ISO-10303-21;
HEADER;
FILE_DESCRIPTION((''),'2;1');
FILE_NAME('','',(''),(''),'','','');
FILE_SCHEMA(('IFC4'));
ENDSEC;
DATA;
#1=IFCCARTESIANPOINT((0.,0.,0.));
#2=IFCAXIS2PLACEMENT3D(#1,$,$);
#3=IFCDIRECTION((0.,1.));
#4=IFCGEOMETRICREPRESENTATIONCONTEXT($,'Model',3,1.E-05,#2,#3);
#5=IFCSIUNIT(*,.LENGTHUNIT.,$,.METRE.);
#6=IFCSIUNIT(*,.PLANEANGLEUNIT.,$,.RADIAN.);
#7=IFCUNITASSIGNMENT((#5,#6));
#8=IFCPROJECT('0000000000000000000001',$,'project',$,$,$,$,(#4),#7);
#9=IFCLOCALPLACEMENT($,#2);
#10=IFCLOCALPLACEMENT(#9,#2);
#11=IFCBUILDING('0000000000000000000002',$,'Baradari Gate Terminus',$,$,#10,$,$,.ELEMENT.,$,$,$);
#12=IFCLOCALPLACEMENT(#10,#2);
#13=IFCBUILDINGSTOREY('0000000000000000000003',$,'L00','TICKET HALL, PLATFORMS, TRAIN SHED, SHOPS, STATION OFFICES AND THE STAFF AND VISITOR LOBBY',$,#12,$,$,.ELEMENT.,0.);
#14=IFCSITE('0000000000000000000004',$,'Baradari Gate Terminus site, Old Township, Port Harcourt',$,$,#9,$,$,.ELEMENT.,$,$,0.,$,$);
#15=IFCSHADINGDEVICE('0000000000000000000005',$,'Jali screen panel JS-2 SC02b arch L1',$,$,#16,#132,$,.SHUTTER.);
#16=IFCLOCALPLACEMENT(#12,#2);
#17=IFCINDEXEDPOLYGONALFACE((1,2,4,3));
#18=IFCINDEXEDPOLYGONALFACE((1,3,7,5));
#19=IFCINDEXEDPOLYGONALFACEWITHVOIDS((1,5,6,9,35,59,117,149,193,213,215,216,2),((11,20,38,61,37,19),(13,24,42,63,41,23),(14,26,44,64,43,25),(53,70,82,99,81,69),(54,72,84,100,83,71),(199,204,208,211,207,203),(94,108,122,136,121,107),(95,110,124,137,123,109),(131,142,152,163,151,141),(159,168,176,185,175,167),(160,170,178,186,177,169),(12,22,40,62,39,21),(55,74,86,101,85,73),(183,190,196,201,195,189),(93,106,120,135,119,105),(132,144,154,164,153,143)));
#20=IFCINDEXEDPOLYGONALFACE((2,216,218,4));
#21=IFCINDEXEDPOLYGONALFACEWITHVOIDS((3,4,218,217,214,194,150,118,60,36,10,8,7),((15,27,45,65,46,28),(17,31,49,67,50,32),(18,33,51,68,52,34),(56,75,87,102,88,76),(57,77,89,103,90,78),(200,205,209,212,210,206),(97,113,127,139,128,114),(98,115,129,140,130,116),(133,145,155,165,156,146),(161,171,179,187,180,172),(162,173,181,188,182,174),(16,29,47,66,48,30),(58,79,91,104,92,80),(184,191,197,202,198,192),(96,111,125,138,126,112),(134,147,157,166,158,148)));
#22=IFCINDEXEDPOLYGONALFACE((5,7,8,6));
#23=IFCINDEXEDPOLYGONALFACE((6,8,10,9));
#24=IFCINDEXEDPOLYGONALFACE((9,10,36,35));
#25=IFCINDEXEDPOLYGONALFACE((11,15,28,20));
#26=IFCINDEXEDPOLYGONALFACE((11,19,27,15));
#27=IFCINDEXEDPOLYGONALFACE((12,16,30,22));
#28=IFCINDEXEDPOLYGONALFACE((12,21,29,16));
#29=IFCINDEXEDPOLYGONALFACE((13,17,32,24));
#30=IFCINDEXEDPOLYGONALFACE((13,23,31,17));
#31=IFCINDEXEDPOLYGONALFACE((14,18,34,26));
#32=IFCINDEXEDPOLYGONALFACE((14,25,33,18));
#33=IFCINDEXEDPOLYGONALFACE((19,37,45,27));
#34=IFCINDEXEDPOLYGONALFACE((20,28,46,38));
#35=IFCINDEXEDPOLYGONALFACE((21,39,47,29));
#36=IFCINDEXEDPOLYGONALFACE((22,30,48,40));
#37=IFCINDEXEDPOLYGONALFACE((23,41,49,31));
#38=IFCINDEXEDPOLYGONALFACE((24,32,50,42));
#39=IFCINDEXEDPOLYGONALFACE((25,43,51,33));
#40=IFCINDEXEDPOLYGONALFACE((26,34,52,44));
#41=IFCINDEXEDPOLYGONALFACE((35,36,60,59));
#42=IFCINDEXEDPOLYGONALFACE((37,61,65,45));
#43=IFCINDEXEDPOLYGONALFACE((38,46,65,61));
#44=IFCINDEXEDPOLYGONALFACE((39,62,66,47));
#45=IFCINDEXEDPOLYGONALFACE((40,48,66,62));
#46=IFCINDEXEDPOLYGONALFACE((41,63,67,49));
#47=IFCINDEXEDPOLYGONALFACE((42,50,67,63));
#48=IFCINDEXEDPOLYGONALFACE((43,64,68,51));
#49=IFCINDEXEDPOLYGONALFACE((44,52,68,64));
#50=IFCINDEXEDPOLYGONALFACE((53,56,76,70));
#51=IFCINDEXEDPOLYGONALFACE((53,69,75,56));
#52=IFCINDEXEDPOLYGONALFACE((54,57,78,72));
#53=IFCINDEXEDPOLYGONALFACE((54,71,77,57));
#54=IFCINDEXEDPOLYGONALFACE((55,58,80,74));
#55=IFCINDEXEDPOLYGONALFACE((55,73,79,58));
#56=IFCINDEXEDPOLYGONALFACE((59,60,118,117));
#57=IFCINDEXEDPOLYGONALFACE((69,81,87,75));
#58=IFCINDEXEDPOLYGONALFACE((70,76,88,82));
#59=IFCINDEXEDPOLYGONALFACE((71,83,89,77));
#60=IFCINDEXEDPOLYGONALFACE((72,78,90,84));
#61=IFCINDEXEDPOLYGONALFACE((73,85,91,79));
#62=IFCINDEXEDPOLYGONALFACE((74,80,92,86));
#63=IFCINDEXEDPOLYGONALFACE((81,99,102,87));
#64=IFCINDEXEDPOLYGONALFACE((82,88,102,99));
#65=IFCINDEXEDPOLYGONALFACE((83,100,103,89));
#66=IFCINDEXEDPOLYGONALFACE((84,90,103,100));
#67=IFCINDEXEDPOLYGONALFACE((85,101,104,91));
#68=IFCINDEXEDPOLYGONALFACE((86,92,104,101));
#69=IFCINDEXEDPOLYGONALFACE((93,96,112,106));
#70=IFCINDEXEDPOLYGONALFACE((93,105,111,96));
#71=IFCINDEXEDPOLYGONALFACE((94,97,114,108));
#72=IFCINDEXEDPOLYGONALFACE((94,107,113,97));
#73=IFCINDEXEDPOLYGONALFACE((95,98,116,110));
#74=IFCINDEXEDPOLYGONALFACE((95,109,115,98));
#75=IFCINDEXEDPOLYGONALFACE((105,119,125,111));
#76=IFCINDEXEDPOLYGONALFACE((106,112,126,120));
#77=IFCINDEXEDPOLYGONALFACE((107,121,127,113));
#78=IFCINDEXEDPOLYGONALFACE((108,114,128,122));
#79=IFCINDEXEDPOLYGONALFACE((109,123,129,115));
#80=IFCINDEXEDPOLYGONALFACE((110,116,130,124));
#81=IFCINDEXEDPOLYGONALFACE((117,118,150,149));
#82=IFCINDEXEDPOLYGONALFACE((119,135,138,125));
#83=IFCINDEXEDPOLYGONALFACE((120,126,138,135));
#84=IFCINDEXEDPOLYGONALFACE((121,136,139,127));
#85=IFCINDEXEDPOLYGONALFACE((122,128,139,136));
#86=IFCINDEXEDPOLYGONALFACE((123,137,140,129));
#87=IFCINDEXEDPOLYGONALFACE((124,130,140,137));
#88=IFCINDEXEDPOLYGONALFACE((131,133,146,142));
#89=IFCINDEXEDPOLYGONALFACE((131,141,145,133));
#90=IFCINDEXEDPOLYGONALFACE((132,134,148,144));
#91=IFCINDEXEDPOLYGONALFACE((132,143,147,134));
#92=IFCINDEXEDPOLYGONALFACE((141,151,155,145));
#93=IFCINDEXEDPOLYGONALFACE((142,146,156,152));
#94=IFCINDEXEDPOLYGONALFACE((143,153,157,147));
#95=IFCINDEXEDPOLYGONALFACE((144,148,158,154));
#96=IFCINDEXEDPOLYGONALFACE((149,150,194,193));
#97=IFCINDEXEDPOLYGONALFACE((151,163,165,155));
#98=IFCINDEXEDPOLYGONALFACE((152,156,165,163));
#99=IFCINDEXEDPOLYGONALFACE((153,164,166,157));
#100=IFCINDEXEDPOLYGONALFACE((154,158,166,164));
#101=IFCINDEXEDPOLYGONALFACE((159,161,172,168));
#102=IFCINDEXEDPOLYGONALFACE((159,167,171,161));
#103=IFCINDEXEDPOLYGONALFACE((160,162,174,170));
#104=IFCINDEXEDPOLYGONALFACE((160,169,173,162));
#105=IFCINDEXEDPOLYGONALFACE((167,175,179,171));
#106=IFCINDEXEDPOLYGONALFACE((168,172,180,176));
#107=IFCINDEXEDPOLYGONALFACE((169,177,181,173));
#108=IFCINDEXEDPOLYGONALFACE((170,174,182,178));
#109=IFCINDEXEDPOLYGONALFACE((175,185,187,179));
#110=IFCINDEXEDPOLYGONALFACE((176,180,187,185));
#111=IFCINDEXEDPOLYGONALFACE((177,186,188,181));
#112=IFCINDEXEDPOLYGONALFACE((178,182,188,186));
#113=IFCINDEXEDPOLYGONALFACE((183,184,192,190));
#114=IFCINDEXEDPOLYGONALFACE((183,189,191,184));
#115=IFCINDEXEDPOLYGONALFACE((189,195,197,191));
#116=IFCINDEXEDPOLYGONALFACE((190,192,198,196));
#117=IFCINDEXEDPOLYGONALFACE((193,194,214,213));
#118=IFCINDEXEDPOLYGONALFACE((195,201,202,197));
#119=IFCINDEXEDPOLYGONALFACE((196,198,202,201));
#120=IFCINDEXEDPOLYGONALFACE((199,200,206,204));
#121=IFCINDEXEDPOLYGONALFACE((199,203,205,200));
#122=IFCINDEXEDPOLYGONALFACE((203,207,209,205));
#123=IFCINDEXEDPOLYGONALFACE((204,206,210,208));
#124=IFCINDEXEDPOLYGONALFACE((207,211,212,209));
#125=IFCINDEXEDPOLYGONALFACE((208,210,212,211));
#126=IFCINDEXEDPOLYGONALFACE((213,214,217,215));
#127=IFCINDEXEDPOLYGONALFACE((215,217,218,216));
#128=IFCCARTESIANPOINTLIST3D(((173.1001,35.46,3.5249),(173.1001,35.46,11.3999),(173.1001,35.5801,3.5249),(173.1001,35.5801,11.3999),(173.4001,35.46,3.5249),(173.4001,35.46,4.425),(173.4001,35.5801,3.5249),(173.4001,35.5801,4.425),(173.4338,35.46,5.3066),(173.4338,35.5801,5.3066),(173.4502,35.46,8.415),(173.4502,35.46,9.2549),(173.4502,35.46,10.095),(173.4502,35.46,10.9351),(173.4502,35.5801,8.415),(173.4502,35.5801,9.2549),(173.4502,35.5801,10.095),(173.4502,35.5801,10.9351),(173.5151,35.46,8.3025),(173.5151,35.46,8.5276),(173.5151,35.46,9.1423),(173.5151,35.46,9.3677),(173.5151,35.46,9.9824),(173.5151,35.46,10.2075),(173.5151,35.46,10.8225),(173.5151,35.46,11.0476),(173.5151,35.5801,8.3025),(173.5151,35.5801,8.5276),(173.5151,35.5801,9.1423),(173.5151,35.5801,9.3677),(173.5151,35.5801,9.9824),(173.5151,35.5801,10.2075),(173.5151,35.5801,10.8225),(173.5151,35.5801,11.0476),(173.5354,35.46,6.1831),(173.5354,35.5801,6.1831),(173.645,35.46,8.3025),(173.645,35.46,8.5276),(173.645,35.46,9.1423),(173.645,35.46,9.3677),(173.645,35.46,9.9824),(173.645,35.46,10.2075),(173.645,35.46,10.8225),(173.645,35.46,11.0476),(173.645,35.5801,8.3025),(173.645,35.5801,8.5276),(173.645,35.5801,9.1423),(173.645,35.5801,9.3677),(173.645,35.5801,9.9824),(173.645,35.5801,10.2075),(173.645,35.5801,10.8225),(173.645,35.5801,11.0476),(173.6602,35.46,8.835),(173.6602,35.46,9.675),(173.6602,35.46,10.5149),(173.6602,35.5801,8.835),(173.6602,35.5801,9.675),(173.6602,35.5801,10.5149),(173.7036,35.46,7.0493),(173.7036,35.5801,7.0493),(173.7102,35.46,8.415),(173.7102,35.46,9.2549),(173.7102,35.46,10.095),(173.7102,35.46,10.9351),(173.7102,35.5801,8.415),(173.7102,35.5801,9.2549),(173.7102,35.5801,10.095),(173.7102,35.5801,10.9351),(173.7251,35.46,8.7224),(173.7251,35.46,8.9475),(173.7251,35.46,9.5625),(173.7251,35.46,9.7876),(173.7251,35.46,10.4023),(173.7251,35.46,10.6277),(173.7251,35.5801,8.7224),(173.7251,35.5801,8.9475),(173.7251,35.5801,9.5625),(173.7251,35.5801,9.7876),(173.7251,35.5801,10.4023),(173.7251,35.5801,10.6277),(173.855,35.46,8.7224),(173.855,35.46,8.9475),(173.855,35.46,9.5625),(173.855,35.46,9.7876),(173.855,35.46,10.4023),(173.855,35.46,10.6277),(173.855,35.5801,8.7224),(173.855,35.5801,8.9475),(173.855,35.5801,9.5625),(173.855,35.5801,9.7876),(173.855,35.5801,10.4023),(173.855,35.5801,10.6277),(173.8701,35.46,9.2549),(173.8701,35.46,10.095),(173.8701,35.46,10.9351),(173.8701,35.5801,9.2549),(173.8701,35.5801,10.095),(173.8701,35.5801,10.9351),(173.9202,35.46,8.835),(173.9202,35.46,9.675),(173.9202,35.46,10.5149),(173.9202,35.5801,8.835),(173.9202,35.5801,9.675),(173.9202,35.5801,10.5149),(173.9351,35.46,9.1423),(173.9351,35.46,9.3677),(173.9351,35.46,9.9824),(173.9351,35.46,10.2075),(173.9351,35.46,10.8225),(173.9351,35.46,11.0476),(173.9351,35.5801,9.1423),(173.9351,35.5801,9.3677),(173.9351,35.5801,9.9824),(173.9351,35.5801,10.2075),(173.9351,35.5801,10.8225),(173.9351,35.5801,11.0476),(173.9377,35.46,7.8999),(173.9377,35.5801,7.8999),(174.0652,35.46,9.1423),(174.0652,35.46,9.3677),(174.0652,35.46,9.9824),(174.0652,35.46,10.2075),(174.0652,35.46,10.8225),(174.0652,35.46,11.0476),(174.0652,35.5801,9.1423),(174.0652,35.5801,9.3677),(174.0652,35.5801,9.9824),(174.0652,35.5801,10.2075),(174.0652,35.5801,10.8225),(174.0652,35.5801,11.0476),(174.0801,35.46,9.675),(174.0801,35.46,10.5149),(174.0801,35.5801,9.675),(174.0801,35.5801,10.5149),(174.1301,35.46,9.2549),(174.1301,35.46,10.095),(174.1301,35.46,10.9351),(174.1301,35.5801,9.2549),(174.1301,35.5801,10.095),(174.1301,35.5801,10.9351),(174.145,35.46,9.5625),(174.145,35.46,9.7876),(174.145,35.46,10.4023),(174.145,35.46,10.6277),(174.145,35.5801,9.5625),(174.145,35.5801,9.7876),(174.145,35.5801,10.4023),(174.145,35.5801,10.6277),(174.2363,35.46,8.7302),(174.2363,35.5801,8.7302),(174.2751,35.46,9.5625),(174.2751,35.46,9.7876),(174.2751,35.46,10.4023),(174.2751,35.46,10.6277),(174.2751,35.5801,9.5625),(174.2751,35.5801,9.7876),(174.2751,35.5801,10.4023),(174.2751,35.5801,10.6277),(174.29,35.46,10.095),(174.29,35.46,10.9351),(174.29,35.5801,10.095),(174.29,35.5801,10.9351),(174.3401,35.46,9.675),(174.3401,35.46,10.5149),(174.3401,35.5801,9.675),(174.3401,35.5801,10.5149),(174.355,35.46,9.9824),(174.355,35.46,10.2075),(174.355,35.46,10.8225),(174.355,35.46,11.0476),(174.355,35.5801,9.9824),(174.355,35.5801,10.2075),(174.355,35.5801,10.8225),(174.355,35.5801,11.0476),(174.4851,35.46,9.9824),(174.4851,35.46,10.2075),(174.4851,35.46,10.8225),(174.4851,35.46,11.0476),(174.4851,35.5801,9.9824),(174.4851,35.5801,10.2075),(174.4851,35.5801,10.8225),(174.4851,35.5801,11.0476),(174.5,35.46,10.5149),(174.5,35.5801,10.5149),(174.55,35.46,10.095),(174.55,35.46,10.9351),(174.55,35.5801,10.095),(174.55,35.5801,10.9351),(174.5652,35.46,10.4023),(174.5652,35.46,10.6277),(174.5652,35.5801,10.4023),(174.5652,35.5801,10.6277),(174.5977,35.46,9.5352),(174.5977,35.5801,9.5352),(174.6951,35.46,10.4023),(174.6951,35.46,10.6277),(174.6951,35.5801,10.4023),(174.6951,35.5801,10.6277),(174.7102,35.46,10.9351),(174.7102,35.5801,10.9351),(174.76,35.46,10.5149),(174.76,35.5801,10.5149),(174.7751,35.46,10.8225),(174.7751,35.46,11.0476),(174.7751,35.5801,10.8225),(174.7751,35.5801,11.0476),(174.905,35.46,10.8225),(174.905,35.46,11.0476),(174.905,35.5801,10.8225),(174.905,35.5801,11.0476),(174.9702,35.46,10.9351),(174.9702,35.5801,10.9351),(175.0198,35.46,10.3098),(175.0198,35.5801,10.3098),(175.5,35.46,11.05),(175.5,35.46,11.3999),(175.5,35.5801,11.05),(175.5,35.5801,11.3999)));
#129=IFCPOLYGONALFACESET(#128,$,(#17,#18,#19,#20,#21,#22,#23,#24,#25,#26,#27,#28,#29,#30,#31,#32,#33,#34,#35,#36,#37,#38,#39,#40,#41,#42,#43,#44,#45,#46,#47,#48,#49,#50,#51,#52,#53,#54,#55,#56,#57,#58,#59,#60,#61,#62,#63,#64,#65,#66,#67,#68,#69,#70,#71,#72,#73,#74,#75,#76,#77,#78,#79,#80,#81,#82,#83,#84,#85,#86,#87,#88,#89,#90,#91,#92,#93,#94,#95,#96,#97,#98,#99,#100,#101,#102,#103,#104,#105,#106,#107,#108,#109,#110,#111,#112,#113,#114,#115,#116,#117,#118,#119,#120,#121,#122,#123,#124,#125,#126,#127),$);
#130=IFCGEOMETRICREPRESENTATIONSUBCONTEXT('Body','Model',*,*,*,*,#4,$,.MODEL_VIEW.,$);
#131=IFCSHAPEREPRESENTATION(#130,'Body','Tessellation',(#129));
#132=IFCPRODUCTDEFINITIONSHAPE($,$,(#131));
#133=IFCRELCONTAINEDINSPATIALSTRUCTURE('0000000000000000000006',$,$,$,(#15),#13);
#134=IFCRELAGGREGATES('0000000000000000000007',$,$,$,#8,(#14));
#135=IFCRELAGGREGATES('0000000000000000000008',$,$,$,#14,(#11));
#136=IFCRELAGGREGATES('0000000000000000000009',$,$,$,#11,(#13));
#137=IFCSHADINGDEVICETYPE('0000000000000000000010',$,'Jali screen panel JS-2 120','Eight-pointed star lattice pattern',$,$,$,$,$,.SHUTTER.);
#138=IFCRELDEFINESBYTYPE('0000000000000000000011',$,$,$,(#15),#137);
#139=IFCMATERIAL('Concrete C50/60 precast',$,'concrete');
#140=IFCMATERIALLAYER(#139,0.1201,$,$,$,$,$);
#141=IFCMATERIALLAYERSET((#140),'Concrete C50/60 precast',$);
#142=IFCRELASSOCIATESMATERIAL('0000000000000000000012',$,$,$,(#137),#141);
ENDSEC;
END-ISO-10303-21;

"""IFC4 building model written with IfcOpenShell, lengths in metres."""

from ifc_helpers import new_model, si_unit, direction, frame, origin, place, context, subcontext, project, spatial, polyline, outline, extrude, material, layer, layer_set, type_object, element, save


model = new_model("IFC4")

# Units and contexts
model_context = context("Model", 3, precision=1e-05, world=origin(), true_north=direction((0.0, 1.0)))
body_context = subcontext(model_context, "Body", "Model", "MODEL_VIEW")
ifc_project = project(units=[si_unit("LENGTHUNIT", "METRE"), si_unit("PLANEANGLEUNIT", "RADIAN")], contexts=[model_context])

# Site, building, storey
site_placement = place(None, origin())
site = spatial("IfcSite", under=ifc_project, at=site_placement, Name="Baradari Gate Terminus site, Old Township, Port Harcourt", CompositionType="ELEMENT", RefElevation=0.0)
building_placement = place(site_placement, origin())
building = spatial("IfcBuilding", under=site, at=building_placement, Name="Baradari Gate Terminus", CompositionType="ELEMENT")
storey_placement = place(building_placement, origin())
storey = spatial("IfcBuildingStorey", under=building, at=storey_placement, Name="L00", Description="TICKET HALL, PLATFORMS, TRAIN SHED, SHOPS, STATION OFFICES AND THE STAFF AND VISITOR LOBBY", CompositionType="ELEMENT", Elevation=0.0)

# Shading device
ifc_material_1 = material(Name="Concrete C50/60 precast", Category="concrete")
ifc_layer_1 = layer(ifc_material_1, 0.1201)
ifc_layer_set_1 = layer_set([ifc_layer_1], Name="Concrete C50/60 precast")
shading_device_type = type_object("IfcShadingDeviceType", Name="Jali screen panel JS-2 120", Description="Eight-pointed star lattice pattern", PredefinedType="SHUTTER", material=ifc_layer_set_1)
shading_device_1_placement = place(storey_placement, frame((173.1001, 35.52, 3.5249), z_axis=(0.0, 0.0, 1.0), x_axis=(1.0, 0.0, 0.0)))
element("IfcShadingDevice", 1, at=shading_device_1_placement, inside=storey, type_object=shading_device_type, Name="Jali screen panel JS-2 SC02b arch L1", PredefinedType="SHUTTER", context=body_context, shape_type="SweptSolid", body=[
    extrude(outline(polyline([(0.0, 0.0), (0.3, 0.0), (0.3, 0.9001), (0.3337, 1.7817), (0.4353, 2.6582), (0.6035, 3.5244), (0.8376, 4.375), (1.1362, 5.2053), (1.4976, 6.0103), (1.9197, 6.7849), (2.3999, 7.5251), (2.3999, 7.875), (0.0, 7.875), (0.0, 0.0)]), holes=[polyline([(0.6101, 4.8901), (0.5449, 4.7776), (0.415, 4.7776), (0.3501, 4.8901), (0.415, 5.0027), (0.5449, 5.0027), (0.6101, 4.8901)]), polyline([(0.8201, 5.3101), (0.7549, 5.1975), (0.625, 5.1975), (0.5601, 5.3101), (0.625, 5.4226), (0.7549, 5.4226), (0.8201, 5.3101)]), polyline([(0.6101, 5.73), (0.5449, 5.6174), (0.415, 5.6174), (0.3501, 5.73), (0.415, 5.8428), (0.5449, 5.8428), (0.6101, 5.73)]), polyline([(1.03, 5.73), (0.9651, 5.6174), (0.835, 5.6174), (0.77, 5.73), (0.835, 5.8428), (0.9651, 5.8428), (1.03, 5.73)]), polyline([(0.8201, 6.1501), (0.7549, 6.0376), (0.625, 6.0376), (0.5601, 6.1501), (0.625, 6.2627), (0.7549, 6.2627), (0.8201, 6.1501)]), polyline([(1.24, 6.1501), (1.175, 6.0376), (1.0449, 6.0376), (0.98, 6.1501), (1.0449, 6.2627), (1.175, 6.2627), (1.24, 6.1501)]), polyline([(0.6101, 6.5701), (0.5449, 6.4575), (0.415, 6.4575), (0.3501, 6.5701), (0.415, 6.6826), (0.5449, 6.6826), (0.6101, 6.5701)]), polyline([(1.03, 6.5701), (0.9651, 6.4575), (0.835, 6.4575), (0.77, 6.5701), (0.835, 6.6826), (0.9651, 6.6826), (1.03, 6.5701)]), polyline([(1.45, 6.5701), (1.385, 6.4575), (1.2549, 6.4575), (1.1899, 6.5701), (1.2549, 6.6826), (1.385, 6.6826), (1.45, 6.5701)]), polyline([(0.8201, 6.99), (0.7549, 6.8774), (0.625, 6.8774), (0.5601, 6.99), (0.625, 7.1028), (0.7549, 7.1028), (0.8201, 6.99)]), polyline([(1.24, 6.99), (1.175, 6.8774), (1.0449, 6.8774), (0.98, 6.99), (1.0449, 7.1028), (1.175, 7.1028), (1.24, 6.99)]), polyline([(1.6599, 6.99), (1.595, 6.8774), (1.4651, 6.8774), (1.3999, 6.99), (1.4651, 7.1028), (1.595, 7.1028), (1.6599, 6.99)]), polyline([(0.6101, 7.4102), (0.5449, 7.2976), (0.415, 7.2976), (0.3501, 7.4102), (0.415, 7.5227), (0.5449, 7.5227), (0.6101, 7.4102)]), polyline([(1.03, 7.4102), (0.9651, 7.2976), (0.835, 7.2976), (0.77, 7.4102), (0.835, 7.5227), (0.9651, 7.5227), (1.03, 7.4102)]), polyline([(1.45, 7.4102), (1.385, 7.2976), (1.2549, 7.2976), (1.1899, 7.4102), (1.2549, 7.5227), (1.385, 7.5227), (1.45, 7.4102)]), polyline([(1.8701, 7.4102), (1.8049, 7.2976), (1.675, 7.2976), (1.6101, 7.4102), (1.675, 7.5227), (1.8049, 7.5227), (1.8701, 7.4102)])]), frame((0.0, 0.0601, 0.0), z_axis=(0.0, -1.0, 0.0), x_axis=(1.0, 0.0, 0.0)), (0.0, 0.0, 1.0), 0.1201),
])

save(model, "model.ifc")
